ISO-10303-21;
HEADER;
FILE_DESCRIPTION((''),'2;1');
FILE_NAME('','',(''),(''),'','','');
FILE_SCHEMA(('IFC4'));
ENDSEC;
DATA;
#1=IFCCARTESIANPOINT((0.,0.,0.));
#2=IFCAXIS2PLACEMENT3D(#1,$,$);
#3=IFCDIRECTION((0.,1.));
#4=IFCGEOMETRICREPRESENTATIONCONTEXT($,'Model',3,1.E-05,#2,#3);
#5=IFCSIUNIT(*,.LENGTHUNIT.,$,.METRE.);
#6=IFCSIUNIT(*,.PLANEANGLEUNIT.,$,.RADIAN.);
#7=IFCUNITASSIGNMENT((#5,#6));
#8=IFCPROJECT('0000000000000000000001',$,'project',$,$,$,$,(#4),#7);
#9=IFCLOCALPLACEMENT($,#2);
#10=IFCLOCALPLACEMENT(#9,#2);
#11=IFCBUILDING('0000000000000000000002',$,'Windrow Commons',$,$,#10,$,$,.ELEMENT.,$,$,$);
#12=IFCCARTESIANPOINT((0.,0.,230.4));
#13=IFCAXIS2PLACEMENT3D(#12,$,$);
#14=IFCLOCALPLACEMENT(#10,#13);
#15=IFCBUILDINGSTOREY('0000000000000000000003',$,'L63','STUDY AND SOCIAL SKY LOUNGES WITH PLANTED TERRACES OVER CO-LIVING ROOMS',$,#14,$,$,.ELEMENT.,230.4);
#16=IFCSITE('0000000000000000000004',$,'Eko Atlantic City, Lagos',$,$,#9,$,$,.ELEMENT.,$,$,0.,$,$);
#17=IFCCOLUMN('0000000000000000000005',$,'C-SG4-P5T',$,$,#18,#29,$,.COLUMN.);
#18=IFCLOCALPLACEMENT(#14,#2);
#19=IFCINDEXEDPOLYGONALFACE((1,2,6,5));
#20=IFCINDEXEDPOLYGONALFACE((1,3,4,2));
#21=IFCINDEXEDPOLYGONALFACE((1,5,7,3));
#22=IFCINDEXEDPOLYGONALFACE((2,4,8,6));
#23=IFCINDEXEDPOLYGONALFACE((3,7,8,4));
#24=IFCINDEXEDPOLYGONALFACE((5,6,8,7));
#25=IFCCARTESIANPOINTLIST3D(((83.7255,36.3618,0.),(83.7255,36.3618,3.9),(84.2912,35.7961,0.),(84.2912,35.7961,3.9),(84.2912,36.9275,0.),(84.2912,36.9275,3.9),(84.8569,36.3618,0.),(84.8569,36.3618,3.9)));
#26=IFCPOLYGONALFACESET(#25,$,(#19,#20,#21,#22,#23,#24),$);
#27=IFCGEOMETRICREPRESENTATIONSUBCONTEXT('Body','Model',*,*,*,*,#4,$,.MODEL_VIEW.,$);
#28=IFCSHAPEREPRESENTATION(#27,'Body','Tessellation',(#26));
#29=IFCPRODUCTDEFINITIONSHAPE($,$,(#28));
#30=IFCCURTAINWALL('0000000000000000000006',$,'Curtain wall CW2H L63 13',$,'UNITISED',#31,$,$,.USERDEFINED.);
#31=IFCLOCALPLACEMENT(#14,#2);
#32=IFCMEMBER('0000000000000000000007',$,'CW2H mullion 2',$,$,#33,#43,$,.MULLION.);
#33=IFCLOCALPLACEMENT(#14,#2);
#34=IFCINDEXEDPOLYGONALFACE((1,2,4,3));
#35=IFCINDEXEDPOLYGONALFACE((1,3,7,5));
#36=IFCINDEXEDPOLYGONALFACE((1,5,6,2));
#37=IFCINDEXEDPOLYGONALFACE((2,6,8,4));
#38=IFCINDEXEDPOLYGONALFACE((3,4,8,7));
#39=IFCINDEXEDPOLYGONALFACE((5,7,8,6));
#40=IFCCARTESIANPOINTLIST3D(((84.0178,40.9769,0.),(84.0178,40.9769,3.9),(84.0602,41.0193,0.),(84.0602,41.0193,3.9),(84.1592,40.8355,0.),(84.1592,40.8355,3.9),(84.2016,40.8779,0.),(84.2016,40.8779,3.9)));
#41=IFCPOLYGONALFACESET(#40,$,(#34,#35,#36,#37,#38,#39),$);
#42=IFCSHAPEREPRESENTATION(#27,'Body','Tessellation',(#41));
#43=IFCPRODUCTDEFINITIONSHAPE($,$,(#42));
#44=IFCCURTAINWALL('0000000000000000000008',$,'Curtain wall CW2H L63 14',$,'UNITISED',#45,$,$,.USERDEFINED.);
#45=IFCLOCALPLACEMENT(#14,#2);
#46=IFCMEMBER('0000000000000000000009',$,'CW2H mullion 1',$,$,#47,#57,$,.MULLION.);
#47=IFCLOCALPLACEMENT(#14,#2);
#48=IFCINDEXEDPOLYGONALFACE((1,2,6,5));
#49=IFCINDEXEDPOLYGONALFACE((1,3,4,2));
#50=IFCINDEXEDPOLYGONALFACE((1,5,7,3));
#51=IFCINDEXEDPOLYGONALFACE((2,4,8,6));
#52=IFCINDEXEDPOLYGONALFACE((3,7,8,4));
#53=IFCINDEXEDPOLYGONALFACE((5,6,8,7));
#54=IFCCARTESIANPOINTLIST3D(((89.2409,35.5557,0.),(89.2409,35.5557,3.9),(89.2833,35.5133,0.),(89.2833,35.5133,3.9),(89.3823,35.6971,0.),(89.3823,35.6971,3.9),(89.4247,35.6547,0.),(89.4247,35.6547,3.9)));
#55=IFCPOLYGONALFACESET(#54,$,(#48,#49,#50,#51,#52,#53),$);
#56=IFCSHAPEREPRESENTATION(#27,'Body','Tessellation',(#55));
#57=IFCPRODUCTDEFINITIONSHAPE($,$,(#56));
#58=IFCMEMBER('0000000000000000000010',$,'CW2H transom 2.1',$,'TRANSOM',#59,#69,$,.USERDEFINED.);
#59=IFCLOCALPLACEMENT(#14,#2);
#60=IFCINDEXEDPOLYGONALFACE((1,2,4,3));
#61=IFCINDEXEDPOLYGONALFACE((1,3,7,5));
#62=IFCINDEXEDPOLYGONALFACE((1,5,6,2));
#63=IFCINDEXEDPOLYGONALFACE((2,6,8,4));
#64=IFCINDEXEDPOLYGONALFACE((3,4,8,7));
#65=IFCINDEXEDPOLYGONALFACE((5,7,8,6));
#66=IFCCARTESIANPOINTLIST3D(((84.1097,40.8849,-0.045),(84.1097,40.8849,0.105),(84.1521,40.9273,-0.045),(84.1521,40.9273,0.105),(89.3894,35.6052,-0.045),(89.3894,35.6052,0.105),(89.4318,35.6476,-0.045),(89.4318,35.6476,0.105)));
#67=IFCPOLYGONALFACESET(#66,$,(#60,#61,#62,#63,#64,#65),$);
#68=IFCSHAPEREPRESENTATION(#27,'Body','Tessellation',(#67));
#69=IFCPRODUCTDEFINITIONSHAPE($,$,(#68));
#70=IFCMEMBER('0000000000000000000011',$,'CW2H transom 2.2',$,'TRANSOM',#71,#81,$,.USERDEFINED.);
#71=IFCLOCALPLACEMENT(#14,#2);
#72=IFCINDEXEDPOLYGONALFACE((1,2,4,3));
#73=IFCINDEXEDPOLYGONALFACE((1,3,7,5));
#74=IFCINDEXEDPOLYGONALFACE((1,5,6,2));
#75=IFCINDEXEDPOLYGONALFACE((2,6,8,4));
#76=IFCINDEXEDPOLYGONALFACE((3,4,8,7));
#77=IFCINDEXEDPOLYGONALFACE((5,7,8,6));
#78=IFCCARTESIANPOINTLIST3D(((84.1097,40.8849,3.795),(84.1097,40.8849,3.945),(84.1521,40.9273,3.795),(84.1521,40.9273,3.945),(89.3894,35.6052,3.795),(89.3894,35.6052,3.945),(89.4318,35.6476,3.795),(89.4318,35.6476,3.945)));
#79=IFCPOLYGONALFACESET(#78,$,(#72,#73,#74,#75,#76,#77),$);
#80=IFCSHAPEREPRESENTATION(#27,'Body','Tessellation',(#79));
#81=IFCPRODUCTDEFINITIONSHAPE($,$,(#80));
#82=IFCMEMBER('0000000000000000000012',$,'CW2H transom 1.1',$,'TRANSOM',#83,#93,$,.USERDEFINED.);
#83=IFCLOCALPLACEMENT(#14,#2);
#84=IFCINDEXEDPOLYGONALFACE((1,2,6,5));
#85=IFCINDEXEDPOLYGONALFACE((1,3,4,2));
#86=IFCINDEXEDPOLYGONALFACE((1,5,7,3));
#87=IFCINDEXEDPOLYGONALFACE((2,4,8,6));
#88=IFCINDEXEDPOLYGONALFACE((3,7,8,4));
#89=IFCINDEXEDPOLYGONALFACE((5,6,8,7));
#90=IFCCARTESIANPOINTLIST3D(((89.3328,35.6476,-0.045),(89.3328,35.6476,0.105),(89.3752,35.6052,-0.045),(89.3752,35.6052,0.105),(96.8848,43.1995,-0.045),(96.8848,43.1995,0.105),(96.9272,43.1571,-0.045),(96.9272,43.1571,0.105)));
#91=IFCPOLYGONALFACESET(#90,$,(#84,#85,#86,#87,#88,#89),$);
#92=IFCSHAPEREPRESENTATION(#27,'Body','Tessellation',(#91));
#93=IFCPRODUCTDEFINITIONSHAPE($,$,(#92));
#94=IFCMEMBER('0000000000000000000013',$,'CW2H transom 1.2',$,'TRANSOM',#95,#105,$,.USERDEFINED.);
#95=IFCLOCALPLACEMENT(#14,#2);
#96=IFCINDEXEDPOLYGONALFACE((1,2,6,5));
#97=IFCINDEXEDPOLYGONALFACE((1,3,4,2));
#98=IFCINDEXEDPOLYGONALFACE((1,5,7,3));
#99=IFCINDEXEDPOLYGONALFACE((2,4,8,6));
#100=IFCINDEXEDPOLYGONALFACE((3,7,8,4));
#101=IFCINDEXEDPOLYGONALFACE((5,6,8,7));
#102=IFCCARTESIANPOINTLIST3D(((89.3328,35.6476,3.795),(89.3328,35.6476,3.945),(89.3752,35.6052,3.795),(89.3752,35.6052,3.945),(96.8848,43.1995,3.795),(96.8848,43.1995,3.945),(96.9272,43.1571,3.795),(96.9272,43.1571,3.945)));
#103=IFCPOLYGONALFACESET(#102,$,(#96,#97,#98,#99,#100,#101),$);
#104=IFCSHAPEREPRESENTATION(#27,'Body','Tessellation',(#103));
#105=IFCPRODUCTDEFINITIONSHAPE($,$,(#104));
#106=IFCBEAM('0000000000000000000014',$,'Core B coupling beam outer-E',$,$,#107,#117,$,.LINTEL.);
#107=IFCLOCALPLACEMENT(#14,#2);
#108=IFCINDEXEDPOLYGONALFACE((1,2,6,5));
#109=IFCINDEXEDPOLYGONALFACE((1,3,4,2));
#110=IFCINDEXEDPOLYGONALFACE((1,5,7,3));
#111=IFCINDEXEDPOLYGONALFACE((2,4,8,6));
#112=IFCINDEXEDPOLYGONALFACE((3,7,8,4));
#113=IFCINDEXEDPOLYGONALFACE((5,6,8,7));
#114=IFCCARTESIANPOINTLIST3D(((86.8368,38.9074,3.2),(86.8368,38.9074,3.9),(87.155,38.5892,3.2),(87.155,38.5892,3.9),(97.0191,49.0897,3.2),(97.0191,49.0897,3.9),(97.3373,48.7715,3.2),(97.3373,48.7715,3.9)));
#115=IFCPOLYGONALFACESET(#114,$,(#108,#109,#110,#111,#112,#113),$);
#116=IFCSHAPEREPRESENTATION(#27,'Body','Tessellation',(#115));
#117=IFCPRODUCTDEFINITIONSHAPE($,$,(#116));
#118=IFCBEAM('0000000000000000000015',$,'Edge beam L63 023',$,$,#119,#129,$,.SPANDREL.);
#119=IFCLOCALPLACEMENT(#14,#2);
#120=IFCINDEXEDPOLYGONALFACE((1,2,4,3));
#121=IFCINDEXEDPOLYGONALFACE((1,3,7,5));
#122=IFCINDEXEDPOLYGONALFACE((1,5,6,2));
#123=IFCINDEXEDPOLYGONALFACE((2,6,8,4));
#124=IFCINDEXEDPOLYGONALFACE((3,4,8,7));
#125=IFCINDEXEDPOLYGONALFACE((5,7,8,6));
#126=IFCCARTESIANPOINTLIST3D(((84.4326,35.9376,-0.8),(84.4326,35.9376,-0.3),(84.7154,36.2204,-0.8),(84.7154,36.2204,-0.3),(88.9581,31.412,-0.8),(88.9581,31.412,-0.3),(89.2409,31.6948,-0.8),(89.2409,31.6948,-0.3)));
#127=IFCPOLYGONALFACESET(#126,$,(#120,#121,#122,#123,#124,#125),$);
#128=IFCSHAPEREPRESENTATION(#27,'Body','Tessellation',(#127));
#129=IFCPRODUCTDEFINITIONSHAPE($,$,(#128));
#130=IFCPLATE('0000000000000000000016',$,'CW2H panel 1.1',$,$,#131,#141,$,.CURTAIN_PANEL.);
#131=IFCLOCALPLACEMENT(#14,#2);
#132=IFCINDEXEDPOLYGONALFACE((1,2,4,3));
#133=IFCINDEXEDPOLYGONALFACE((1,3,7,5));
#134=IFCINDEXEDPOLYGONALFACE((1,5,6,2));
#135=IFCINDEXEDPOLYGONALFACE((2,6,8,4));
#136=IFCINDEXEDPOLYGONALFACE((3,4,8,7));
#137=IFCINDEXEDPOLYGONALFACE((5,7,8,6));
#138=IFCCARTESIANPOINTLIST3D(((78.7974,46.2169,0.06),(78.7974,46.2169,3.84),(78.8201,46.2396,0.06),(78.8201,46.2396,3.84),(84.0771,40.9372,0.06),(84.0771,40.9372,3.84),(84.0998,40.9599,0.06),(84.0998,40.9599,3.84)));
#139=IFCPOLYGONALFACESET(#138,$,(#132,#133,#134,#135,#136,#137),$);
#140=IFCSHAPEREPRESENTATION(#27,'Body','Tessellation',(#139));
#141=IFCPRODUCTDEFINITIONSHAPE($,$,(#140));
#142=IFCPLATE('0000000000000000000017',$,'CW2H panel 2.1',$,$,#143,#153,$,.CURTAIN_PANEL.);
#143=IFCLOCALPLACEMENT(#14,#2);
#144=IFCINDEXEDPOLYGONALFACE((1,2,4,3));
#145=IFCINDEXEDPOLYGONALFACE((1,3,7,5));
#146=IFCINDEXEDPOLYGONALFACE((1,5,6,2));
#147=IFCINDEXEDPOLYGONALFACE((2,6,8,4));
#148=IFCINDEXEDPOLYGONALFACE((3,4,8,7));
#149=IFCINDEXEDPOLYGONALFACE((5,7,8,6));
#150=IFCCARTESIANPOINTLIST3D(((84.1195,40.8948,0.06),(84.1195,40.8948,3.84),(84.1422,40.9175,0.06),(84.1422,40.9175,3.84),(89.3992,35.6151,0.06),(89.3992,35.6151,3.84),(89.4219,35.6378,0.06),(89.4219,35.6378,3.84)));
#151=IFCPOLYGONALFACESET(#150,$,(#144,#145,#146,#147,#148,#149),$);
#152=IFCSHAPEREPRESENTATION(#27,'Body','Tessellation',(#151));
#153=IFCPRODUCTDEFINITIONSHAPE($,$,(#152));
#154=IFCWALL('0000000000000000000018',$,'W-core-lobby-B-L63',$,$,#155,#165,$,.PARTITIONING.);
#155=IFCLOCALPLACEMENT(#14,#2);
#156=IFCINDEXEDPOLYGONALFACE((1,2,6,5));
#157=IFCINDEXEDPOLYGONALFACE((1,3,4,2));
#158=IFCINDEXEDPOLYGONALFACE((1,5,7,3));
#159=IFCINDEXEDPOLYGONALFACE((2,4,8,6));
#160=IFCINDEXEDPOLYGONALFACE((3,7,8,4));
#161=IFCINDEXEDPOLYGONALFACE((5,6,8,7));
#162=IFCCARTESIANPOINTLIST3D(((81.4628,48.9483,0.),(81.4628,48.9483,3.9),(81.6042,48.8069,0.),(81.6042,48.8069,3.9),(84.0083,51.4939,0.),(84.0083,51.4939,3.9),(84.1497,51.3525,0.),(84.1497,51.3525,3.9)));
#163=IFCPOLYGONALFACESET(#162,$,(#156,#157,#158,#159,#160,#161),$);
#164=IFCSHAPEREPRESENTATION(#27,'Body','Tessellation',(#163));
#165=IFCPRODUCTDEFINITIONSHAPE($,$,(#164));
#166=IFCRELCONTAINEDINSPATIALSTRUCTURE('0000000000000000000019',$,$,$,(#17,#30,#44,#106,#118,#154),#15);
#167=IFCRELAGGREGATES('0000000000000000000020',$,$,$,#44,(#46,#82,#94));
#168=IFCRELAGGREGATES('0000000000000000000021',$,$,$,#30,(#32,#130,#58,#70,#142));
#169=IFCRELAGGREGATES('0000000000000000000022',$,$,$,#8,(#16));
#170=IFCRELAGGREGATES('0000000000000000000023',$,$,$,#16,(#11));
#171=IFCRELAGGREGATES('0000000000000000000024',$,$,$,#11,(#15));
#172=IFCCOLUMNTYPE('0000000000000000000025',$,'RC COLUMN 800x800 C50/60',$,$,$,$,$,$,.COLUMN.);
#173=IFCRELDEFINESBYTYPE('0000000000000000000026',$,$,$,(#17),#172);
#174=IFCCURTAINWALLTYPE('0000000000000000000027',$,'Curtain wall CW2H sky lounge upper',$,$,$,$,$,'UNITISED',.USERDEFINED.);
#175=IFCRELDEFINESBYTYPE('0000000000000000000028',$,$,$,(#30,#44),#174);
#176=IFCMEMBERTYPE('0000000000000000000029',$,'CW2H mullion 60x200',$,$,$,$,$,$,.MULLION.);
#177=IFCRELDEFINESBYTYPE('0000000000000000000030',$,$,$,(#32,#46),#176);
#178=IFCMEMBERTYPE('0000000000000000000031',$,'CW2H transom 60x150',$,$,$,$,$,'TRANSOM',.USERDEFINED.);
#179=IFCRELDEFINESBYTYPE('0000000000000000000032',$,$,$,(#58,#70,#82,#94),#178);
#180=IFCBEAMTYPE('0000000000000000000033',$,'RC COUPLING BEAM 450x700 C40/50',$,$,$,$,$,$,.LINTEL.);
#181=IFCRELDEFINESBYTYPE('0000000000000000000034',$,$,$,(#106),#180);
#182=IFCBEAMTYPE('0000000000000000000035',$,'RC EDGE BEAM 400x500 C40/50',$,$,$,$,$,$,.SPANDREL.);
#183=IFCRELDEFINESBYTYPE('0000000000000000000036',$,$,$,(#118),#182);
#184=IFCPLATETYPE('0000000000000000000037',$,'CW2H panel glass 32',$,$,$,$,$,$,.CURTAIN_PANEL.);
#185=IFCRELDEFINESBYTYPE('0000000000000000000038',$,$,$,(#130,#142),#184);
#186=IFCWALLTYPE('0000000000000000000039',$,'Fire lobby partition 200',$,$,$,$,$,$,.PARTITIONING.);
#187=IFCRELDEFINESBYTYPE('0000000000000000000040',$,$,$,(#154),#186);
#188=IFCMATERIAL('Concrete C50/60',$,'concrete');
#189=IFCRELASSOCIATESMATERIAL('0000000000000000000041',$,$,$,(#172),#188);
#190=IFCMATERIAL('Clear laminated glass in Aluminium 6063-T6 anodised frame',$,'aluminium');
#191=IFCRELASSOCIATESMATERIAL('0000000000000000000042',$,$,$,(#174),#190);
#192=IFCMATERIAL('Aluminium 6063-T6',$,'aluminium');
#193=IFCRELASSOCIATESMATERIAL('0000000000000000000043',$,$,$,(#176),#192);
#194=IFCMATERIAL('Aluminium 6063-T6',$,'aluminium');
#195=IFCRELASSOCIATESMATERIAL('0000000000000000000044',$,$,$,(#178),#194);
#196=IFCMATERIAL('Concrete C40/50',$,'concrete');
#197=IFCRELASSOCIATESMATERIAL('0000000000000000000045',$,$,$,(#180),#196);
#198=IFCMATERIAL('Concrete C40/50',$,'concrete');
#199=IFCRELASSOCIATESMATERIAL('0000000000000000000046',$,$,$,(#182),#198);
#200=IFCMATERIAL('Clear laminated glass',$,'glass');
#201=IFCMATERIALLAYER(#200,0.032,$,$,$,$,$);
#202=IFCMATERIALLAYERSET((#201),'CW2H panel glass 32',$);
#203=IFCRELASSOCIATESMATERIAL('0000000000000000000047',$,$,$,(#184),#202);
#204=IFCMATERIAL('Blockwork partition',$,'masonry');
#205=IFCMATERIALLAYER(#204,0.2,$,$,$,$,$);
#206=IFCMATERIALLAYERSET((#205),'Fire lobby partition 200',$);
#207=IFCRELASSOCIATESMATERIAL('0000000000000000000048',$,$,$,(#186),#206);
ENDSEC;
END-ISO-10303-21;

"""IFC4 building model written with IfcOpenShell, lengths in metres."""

from ifc_helpers import new_model, si_unit, direction, frame, frame_2d, origin, origin_2d, place, context, subcontext, project, spatial, rectangle, extrude, material, layer, layer_set, material_profile, profile_set, type_object, element, aggregate, save


model = new_model("IFC4")

# Units and contexts
model_context = context("Model", 3, precision=1e-05, world=origin(), true_north=direction((0.0, 1.0)))
body_context = subcontext(model_context, "Body", "Model", "MODEL_VIEW")
ifc_project = project(units=[si_unit("LENGTHUNIT", "METRE"), si_unit("PLANEANGLEUNIT", "RADIAN")], contexts=[model_context])

# Site, building, storey
site_placement = place(None, origin())
site = spatial("IfcSite", under=ifc_project, at=site_placement, Name="Eko Atlantic City, Lagos", CompositionType="ELEMENT", RefElevation=0.0)
building_placement = place(site_placement, origin())
building = spatial("IfcBuilding", under=site, at=building_placement, Name="Windrow Commons", CompositionType="ELEMENT")
storey_placement = place(building_placement, frame((0.0, 0.0, 230.4)))
storey = spatial("IfcBuildingStorey", under=building, at=storey_placement, Name="L63", Description="STUDY AND SOCIAL SKY LOUNGES WITH PLANTED TERRACES OVER CO-LIVING ROOMS", CompositionType="ELEMENT", Elevation=230.4)

# Column
ifc_material_1 = material(Name="Concrete C50/60", Category="concrete")
ifc_material_profile_1 = material_profile(ifc_material_1, rectangle(XDim=0.8, YDim=0.8, at=origin_2d()))
ifc_profile_set_1 = profile_set([ifc_material_profile_1], Name="Concrete C50/60")
column_type = type_object("IfcColumnType", Name="RC COLUMN 800x800 C50/60", PredefinedType="COLUMN", material=ifc_profile_set_1)
column_placement = place(storey_placement, frame((84.2912, 36.3618, 0.0), z_axis=(0.0, 0.0, 1.0), x_axis=(0.707107, -0.707107, 0.0)))
element("IfcColumn", 1, at=column_placement, inside=storey, type_object=column_type, Name="C-SG4-P5T", PredefinedType="COLUMN", context=body_context, shape_type="SweptSolid", body=[
    extrude(rectangle(XDim=0.8, YDim=0.8, at=origin_2d()), origin(), (0.0, 0.0, 1.0), 3.9),
])

# Curtain walls, members
ifc_material_2 = material(Name="Clear laminated glass in Aluminium 6063-T6 anodised frame", Category="aluminium")
curtain_wall_type = type_object("IfcCurtainWallType", Name="Curtain wall CW2H sky lounge upper", ElementType="UNITISED", PredefinedType="USERDEFINED", material=ifc_material_2)
placement = place(storey_placement, origin())
curtain_wall_1 = element("IfcCurtainWall", 2, at=placement, inside=storey, type_object=curtain_wall_type, Name="Curtain wall CW2H L63 13", ObjectType="UNITISED", PredefinedType="USERDEFINED")
ifc_material_3 = material(Name="Aluminium 6063-T6", Category="aluminium")
ifc_material_profile_2 = material_profile(ifc_material_3, rectangle(XDim=0.06, YDim=0.2, at=origin_2d()))
ifc_profile_set_2 = profile_set([ifc_material_profile_2], Name="Aluminium 6063-T6")
member_type_1 = type_object("IfcMemberType", Name="CW2H mullion 60x200", PredefinedType="MULLION", material=ifc_profile_set_2)
member_1_placement = place(storey_placement, frame((84.1097, 40.9274, 0.0), z_axis=(0.0, 0.0, 1.0), x_axis=(0.707107, 0.707107, 0.0)))
member_1 = element("IfcMember", 3, at=member_1_placement, type_object=member_type_1, Name="CW2H mullion 2", PredefinedType="MULLION", context=body_context, shape_type="SweptSolid", body=[
    extrude(rectangle(XDim=0.06, YDim=0.2, at=origin_2d()), origin(), (0.0, 0.0, 1.0), 3.9),
])
curtain_wall_2 = element("IfcCurtainWall", 4, at=placement, inside=storey, type_object=curtain_wall_type, Name="Curtain wall CW2H L63 14", ObjectType="UNITISED", PredefinedType="USERDEFINED")
member_2_placement = place(storey_placement, frame((89.3328, 35.6052, 0.0), z_axis=(0.0, 0.0, 1.0), x_axis=(-0.707102, 0.707111, 0.0)))
member_2 = element("IfcMember", 5, at=member_2_placement, type_object=member_type_1, Name="CW2H mullion 1", PredefinedType="MULLION", context=body_context, shape_type="SweptSolid", body=[
    extrude(rectangle(XDim=0.06, YDim=0.2, at=origin_2d()), origin(), (0.0, 0.0, 1.0), 3.9),
])

# Members
ifc_material_4 = material(Name="Aluminium 6063-T6", Category="aluminium")
ifc_material_profile_3 = material_profile(ifc_material_4, rectangle(XDim=0.06, YDim=0.15, at=origin_2d()))
ifc_profile_set_3 = profile_set([ifc_material_profile_3], Name="Aluminium 6063-T6")
member_type_2 = type_object("IfcMemberType", Name="CW2H transom 60x150", ElementType="TRANSOM", PredefinedType="USERDEFINED", material=ifc_profile_set_3)
member_3_placement = place(storey_placement, frame((84.1309, 40.9061, 0.03), z_axis=(0.707107, -0.707107, 0.0), x_axis=(0.707107, 0.707107, 0.0)))
member_3 = element("IfcMember", 6, at=member_3_placement, type_object=member_type_2, Name="CW2H transom 2.1", ObjectType="TRANSOM", PredefinedType="USERDEFINED", context=body_context, shape_type="SweptSolid", body=[
    extrude(rectangle(XDim=0.06, YDim=0.15, at=origin_2d()), origin(), (0.0, 0.0, 1.0), 7.4666),
])
member_4_placement = place(storey_placement, frame((84.1309, 40.9061, 3.87), z_axis=(0.707107, -0.707107, 0.0), x_axis=(0.707107, 0.707107, 0.0)))
member_4 = element("IfcMember", 7, at=member_4_placement, type_object=member_type_2, Name="CW2H transom 2.2", ObjectType="TRANSOM", PredefinedType="USERDEFINED", context=body_context, shape_type="SweptSolid", body=[
    extrude(rectangle(XDim=0.06, YDim=0.15, at=origin_2d()), origin(), (0.0, 0.0, 1.0), 7.4666),
])
member_5_placement = place(storey_placement, frame((89.354, 35.6264, 0.03), z_axis=(0.707111, 0.707102, 0.0), x_axis=(-0.707102, 0.707111, 0.0)))
member_5 = element("IfcMember", 8, at=member_5_placement, type_object=member_type_2, Name="CW2H transom 1.1", ObjectType="TRANSOM", PredefinedType="USERDEFINED", context=body_context, shape_type="SweptSolid", body=[
    extrude(rectangle(XDim=0.06, YDim=0.15, at=origin_2d()), origin(), (0.0, 0.0, 1.0), 10.6801),
])
member_6_placement = place(storey_placement, frame((89.354, 35.6264, 3.87), z_axis=(0.707111, 0.707102, 0.0), x_axis=(-0.707102, 0.707111, 0.0)))
member_6 = element("IfcMember", 9, at=member_6_placement, type_object=member_type_2, Name="CW2H transom 1.2", ObjectType="TRANSOM", PredefinedType="USERDEFINED", context=body_context, shape_type="SweptSolid", body=[
    extrude(rectangle(XDim=0.06, YDim=0.15, at=origin_2d()), origin(), (0.0, 0.0, 1.0), 10.6801),
])
aggregate(curtain_wall_2, [member_2, member_5, member_6])

# Beams
ifc_material_5 = material(Name="Concrete C40/50", Category="concrete")
ifc_material_profile_4 = material_profile(ifc_material_5, rectangle(XDim=0.45, YDim=0.7, at=origin_2d()))
ifc_profile_set_4 = profile_set([ifc_material_profile_4], Name="Concrete C40/50")
beam_type_1 = type_object("IfcBeamType", Name="RC COUPLING BEAM 450x700 C40/50", PredefinedType="LINTEL", material=ifc_profile_set_4)
beam_1_placement = place(storey_placement, frame((86.9959, 38.7483, 3.55), z_axis=(0.707107, 0.707107, 0.0), x_axis=(-0.707107, 0.707107, 0.0)))
element("IfcBeam", 10, at=beam_1_placement, inside=storey, type_object=beam_type_1, Name="Core B coupling beam outer-E", PredefinedType="LINTEL", context=body_context, shape_type="SweptSolid", body=[
    extrude(rectangle(XDim=0.45, YDim=0.7, at=origin_2d()), origin(), (0.0, 0.0, 1.0), 14.3999),
])
ifc_material_6 = material(Name="Concrete C40/50", Category="concrete")
ifc_material_profile_5 = material_profile(ifc_material_6, rectangle(XDim=0.4, YDim=0.5, at=origin_2d()))
ifc_profile_set_5 = profile_set([ifc_material_profile_5], Name="Concrete C40/50")
beam_type_2 = type_object("IfcBeamType", Name="RC EDGE BEAM 400x500 C40/50", PredefinedType="SPANDREL", material=ifc_profile_set_5)
beam_2_placement = place(storey_placement, frame((89.0995, 31.5534, -0.55), z_axis=(-0.707099, 0.707115, 0.0), x_axis=(-0.707115, -0.707099, 0.0)))
element("IfcBeam", 11, at=beam_2_placement, inside=storey, type_object=beam_type_2, Name="Edge beam L63 023", PredefinedType="SPANDREL", context=body_context, shape_type="SweptSolid", body=[
    extrude(rectangle(XDim=0.4, YDim=0.5, at=origin_2d()), origin(), (0.0, 0.0, 1.0), 6.4001),
])

# Plates
ifc_material_7 = material(Name="Clear laminated glass", Category="glass")
ifc_layer_1 = layer(ifc_material_7, 0.032)
ifc_layer_set_1 = layer_set([ifc_layer_1], Name="CW2H panel glass 32")
plate_type = type_object("IfcPlateType", Name="CW2H panel glass 32", PredefinedType="CURTAIN_PANEL", material=ifc_layer_set_1)
plate_1_placement = place(storey_placement, frame((81.4486, 43.5884, 0.06), z_axis=(0.0, 0.0, 1.0), x_axis=(0.707107, -0.707107, 0.0)))
plate_1 = element("IfcPlate", 12, at=plate_1_placement, type_object=plate_type, Name="CW2H panel 1.1", PredefinedType="CURTAIN_PANEL", context=body_context, shape_type="SweptSolid", body=[
    extrude(rectangle(XDim=7.4666, YDim=0.032, at=origin_2d()), origin(), (0.0, 0.0, 1.0), 3.78),
])
plate_2_placement = place(storey_placement, frame((86.7707, 38.2663, 0.06), z_axis=(0.0, 0.0, 1.0), x_axis=(0.707107, -0.707107, 0.0)))
plate_2 = element("IfcPlate", 13, at=plate_2_placement, type_object=plate_type, Name="CW2H panel 2.1", PredefinedType="CURTAIN_PANEL", context=body_context, shape_type="SweptSolid", body=[
    extrude(rectangle(XDim=7.4666, YDim=0.032, at=origin_2d()), origin(), (0.0, 0.0, 1.0), 3.78),
])
aggregate(curtain_wall_1, [member_1, plate_1, member_3, member_4, plate_2])

# Wall
ifc_material_8 = material(Name="Blockwork partition", Category="masonry")
ifc_layer_2 = layer(ifc_material_8, 0.2)
ifc_layer_set_2 = layer_set([ifc_layer_2], Name="Fire lobby partition 200")
wall_type_1 = type_object("IfcWallType", Name="Fire lobby partition 200", PredefinedType="PARTITIONING", material=ifc_layer_set_2)
wall_1_placement = place(storey_placement, frame((81.5335, 48.8776, 0.0), z_axis=(0.0, 0.0, 1.0), x_axis=(0.707093, 0.707121, 0.0)))
element("IfcWall", 14, at=wall_1_placement, inside=storey, type_object=wall_type_1, Name="W-core-lobby-B-L63", PredefinedType="PARTITIONING", context=body_context, shape_type="SweptSolid", body=[
    extrude(rectangle(XDim=3.6, YDim=0.2, at=frame_2d((1.8, 0.0))), origin(), (0.0, 0.0, 1.0), 3.9),
])

save(model, "model.ifc")
